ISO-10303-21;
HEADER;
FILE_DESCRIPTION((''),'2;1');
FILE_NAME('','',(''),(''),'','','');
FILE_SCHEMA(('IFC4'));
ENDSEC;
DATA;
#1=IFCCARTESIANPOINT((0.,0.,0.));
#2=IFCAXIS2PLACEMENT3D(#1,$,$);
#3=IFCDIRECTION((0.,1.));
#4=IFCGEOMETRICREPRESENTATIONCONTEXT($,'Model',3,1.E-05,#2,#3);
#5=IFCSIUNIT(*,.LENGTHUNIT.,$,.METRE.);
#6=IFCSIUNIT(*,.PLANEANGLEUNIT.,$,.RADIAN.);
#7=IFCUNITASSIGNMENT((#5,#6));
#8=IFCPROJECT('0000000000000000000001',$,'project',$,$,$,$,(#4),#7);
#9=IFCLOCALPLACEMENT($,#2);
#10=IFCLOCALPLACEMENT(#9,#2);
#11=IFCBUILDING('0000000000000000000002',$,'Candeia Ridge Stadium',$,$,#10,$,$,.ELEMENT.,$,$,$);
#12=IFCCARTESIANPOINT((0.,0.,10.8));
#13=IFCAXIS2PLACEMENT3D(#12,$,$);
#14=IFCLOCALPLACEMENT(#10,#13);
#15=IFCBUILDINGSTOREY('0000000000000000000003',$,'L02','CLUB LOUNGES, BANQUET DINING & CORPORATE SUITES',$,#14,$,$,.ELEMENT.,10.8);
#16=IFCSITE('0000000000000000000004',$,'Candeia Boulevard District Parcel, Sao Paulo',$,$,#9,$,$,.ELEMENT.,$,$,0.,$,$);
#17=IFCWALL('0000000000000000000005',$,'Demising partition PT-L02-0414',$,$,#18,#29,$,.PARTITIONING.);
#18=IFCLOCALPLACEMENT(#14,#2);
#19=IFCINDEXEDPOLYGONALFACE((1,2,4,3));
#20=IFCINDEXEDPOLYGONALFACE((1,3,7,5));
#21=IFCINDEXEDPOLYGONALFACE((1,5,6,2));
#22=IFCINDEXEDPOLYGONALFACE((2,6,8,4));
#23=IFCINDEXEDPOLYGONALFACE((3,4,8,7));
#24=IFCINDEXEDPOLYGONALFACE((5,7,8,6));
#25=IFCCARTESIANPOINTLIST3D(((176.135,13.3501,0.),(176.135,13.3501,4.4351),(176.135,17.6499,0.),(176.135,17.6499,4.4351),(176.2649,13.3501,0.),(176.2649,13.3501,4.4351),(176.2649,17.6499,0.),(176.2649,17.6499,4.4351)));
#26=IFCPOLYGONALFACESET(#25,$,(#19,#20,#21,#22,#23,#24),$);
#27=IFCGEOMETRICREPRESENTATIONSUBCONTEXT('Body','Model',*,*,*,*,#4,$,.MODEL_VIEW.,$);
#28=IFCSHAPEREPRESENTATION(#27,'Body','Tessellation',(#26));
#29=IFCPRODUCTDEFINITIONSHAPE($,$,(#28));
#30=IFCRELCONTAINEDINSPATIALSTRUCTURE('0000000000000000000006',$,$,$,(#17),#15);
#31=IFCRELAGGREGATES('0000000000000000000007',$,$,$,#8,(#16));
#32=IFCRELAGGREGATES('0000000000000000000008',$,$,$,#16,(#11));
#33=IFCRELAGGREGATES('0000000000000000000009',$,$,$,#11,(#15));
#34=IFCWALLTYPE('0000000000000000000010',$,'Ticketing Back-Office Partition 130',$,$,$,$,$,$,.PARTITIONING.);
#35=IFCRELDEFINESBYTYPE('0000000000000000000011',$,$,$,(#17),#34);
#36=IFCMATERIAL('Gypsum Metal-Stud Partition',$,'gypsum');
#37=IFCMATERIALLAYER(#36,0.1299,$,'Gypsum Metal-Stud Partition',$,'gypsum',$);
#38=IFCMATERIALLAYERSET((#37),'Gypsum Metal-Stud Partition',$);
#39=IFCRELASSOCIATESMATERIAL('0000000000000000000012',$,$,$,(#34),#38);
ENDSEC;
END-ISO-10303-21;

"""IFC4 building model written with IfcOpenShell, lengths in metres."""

from ifc_helpers import new_model, si_unit, direction, frame, frame_2d, origin, place, context, subcontext, project, spatial, rectangle, extrude, material, layer, layer_set, type_object, element, save


model = new_model("IFC4")

# Units and contexts
model_context = context("Model", 3, precision=1e-05, world=origin(), true_north=direction((0.0, 1.0)))
body_context = subcontext(model_context, "Body", "Model", "MODEL_VIEW")
ifc_project = project(units=[si_unit("LENGTHUNIT", "METRE"), si_unit("PLANEANGLEUNIT", "RADIAN")], contexts=[model_context])

# Site, building, storey
site_placement = place(None, origin())
site = spatial("IfcSite", under=ifc_project, at=site_placement, Name="Candeia Boulevard District Parcel, Sao Paulo", CompositionType="ELEMENT", RefElevation=0.0)
building_placement = place(site_placement, origin())
building = spatial("IfcBuilding", under=site, at=building_placement, Name="Candeia Ridge Stadium", CompositionType="ELEMENT")
storey_placement = place(building_placement, frame((0.0, 0.0, 10.8)))
storey = spatial("IfcBuildingStorey", under=building, at=storey_placement, Name="L02", Description="CLUB LOUNGES, BANQUET DINING & CORPORATE SUITES", CompositionType="ELEMENT", Elevation=10.8)

# Wall
ifc_material_1 = material(Name="Gypsum Metal-Stud Partition", Category="gypsum")
ifc_layer_1 = layer(ifc_material_1, 0.1299, Name="Gypsum Metal-Stud Partition", Category="gypsum")
ifc_layer_set_1 = layer_set([ifc_layer_1], Name="Gypsum Metal-Stud Partition")
wall_type_1 = type_object("IfcWallType", Name="Ticketing Back-Office Partition 130", PredefinedType="PARTITIONING", material=ifc_layer_set_1)
wall_1_placement = place(storey_placement, frame((176.2, 13.3501, 0.0), z_axis=(0.0, 0.0, 1.0), x_axis=(0.0, 1.0, 0.0)))
element("IfcWall", 1, at=wall_1_placement, inside=storey, type_object=wall_type_1, Name="Demising partition PT-L02-0414", PredefinedType="PARTITIONING", context=body_context, shape_type="SweptSolid", body=[
    extrude(rectangle(XDim=4.2998, YDim=0.1299, at=frame_2d((2.1499, 0.0))), origin(), (0.0, 0.0, 1.0), 4.4351),
])

save(model, "model.ifc")
